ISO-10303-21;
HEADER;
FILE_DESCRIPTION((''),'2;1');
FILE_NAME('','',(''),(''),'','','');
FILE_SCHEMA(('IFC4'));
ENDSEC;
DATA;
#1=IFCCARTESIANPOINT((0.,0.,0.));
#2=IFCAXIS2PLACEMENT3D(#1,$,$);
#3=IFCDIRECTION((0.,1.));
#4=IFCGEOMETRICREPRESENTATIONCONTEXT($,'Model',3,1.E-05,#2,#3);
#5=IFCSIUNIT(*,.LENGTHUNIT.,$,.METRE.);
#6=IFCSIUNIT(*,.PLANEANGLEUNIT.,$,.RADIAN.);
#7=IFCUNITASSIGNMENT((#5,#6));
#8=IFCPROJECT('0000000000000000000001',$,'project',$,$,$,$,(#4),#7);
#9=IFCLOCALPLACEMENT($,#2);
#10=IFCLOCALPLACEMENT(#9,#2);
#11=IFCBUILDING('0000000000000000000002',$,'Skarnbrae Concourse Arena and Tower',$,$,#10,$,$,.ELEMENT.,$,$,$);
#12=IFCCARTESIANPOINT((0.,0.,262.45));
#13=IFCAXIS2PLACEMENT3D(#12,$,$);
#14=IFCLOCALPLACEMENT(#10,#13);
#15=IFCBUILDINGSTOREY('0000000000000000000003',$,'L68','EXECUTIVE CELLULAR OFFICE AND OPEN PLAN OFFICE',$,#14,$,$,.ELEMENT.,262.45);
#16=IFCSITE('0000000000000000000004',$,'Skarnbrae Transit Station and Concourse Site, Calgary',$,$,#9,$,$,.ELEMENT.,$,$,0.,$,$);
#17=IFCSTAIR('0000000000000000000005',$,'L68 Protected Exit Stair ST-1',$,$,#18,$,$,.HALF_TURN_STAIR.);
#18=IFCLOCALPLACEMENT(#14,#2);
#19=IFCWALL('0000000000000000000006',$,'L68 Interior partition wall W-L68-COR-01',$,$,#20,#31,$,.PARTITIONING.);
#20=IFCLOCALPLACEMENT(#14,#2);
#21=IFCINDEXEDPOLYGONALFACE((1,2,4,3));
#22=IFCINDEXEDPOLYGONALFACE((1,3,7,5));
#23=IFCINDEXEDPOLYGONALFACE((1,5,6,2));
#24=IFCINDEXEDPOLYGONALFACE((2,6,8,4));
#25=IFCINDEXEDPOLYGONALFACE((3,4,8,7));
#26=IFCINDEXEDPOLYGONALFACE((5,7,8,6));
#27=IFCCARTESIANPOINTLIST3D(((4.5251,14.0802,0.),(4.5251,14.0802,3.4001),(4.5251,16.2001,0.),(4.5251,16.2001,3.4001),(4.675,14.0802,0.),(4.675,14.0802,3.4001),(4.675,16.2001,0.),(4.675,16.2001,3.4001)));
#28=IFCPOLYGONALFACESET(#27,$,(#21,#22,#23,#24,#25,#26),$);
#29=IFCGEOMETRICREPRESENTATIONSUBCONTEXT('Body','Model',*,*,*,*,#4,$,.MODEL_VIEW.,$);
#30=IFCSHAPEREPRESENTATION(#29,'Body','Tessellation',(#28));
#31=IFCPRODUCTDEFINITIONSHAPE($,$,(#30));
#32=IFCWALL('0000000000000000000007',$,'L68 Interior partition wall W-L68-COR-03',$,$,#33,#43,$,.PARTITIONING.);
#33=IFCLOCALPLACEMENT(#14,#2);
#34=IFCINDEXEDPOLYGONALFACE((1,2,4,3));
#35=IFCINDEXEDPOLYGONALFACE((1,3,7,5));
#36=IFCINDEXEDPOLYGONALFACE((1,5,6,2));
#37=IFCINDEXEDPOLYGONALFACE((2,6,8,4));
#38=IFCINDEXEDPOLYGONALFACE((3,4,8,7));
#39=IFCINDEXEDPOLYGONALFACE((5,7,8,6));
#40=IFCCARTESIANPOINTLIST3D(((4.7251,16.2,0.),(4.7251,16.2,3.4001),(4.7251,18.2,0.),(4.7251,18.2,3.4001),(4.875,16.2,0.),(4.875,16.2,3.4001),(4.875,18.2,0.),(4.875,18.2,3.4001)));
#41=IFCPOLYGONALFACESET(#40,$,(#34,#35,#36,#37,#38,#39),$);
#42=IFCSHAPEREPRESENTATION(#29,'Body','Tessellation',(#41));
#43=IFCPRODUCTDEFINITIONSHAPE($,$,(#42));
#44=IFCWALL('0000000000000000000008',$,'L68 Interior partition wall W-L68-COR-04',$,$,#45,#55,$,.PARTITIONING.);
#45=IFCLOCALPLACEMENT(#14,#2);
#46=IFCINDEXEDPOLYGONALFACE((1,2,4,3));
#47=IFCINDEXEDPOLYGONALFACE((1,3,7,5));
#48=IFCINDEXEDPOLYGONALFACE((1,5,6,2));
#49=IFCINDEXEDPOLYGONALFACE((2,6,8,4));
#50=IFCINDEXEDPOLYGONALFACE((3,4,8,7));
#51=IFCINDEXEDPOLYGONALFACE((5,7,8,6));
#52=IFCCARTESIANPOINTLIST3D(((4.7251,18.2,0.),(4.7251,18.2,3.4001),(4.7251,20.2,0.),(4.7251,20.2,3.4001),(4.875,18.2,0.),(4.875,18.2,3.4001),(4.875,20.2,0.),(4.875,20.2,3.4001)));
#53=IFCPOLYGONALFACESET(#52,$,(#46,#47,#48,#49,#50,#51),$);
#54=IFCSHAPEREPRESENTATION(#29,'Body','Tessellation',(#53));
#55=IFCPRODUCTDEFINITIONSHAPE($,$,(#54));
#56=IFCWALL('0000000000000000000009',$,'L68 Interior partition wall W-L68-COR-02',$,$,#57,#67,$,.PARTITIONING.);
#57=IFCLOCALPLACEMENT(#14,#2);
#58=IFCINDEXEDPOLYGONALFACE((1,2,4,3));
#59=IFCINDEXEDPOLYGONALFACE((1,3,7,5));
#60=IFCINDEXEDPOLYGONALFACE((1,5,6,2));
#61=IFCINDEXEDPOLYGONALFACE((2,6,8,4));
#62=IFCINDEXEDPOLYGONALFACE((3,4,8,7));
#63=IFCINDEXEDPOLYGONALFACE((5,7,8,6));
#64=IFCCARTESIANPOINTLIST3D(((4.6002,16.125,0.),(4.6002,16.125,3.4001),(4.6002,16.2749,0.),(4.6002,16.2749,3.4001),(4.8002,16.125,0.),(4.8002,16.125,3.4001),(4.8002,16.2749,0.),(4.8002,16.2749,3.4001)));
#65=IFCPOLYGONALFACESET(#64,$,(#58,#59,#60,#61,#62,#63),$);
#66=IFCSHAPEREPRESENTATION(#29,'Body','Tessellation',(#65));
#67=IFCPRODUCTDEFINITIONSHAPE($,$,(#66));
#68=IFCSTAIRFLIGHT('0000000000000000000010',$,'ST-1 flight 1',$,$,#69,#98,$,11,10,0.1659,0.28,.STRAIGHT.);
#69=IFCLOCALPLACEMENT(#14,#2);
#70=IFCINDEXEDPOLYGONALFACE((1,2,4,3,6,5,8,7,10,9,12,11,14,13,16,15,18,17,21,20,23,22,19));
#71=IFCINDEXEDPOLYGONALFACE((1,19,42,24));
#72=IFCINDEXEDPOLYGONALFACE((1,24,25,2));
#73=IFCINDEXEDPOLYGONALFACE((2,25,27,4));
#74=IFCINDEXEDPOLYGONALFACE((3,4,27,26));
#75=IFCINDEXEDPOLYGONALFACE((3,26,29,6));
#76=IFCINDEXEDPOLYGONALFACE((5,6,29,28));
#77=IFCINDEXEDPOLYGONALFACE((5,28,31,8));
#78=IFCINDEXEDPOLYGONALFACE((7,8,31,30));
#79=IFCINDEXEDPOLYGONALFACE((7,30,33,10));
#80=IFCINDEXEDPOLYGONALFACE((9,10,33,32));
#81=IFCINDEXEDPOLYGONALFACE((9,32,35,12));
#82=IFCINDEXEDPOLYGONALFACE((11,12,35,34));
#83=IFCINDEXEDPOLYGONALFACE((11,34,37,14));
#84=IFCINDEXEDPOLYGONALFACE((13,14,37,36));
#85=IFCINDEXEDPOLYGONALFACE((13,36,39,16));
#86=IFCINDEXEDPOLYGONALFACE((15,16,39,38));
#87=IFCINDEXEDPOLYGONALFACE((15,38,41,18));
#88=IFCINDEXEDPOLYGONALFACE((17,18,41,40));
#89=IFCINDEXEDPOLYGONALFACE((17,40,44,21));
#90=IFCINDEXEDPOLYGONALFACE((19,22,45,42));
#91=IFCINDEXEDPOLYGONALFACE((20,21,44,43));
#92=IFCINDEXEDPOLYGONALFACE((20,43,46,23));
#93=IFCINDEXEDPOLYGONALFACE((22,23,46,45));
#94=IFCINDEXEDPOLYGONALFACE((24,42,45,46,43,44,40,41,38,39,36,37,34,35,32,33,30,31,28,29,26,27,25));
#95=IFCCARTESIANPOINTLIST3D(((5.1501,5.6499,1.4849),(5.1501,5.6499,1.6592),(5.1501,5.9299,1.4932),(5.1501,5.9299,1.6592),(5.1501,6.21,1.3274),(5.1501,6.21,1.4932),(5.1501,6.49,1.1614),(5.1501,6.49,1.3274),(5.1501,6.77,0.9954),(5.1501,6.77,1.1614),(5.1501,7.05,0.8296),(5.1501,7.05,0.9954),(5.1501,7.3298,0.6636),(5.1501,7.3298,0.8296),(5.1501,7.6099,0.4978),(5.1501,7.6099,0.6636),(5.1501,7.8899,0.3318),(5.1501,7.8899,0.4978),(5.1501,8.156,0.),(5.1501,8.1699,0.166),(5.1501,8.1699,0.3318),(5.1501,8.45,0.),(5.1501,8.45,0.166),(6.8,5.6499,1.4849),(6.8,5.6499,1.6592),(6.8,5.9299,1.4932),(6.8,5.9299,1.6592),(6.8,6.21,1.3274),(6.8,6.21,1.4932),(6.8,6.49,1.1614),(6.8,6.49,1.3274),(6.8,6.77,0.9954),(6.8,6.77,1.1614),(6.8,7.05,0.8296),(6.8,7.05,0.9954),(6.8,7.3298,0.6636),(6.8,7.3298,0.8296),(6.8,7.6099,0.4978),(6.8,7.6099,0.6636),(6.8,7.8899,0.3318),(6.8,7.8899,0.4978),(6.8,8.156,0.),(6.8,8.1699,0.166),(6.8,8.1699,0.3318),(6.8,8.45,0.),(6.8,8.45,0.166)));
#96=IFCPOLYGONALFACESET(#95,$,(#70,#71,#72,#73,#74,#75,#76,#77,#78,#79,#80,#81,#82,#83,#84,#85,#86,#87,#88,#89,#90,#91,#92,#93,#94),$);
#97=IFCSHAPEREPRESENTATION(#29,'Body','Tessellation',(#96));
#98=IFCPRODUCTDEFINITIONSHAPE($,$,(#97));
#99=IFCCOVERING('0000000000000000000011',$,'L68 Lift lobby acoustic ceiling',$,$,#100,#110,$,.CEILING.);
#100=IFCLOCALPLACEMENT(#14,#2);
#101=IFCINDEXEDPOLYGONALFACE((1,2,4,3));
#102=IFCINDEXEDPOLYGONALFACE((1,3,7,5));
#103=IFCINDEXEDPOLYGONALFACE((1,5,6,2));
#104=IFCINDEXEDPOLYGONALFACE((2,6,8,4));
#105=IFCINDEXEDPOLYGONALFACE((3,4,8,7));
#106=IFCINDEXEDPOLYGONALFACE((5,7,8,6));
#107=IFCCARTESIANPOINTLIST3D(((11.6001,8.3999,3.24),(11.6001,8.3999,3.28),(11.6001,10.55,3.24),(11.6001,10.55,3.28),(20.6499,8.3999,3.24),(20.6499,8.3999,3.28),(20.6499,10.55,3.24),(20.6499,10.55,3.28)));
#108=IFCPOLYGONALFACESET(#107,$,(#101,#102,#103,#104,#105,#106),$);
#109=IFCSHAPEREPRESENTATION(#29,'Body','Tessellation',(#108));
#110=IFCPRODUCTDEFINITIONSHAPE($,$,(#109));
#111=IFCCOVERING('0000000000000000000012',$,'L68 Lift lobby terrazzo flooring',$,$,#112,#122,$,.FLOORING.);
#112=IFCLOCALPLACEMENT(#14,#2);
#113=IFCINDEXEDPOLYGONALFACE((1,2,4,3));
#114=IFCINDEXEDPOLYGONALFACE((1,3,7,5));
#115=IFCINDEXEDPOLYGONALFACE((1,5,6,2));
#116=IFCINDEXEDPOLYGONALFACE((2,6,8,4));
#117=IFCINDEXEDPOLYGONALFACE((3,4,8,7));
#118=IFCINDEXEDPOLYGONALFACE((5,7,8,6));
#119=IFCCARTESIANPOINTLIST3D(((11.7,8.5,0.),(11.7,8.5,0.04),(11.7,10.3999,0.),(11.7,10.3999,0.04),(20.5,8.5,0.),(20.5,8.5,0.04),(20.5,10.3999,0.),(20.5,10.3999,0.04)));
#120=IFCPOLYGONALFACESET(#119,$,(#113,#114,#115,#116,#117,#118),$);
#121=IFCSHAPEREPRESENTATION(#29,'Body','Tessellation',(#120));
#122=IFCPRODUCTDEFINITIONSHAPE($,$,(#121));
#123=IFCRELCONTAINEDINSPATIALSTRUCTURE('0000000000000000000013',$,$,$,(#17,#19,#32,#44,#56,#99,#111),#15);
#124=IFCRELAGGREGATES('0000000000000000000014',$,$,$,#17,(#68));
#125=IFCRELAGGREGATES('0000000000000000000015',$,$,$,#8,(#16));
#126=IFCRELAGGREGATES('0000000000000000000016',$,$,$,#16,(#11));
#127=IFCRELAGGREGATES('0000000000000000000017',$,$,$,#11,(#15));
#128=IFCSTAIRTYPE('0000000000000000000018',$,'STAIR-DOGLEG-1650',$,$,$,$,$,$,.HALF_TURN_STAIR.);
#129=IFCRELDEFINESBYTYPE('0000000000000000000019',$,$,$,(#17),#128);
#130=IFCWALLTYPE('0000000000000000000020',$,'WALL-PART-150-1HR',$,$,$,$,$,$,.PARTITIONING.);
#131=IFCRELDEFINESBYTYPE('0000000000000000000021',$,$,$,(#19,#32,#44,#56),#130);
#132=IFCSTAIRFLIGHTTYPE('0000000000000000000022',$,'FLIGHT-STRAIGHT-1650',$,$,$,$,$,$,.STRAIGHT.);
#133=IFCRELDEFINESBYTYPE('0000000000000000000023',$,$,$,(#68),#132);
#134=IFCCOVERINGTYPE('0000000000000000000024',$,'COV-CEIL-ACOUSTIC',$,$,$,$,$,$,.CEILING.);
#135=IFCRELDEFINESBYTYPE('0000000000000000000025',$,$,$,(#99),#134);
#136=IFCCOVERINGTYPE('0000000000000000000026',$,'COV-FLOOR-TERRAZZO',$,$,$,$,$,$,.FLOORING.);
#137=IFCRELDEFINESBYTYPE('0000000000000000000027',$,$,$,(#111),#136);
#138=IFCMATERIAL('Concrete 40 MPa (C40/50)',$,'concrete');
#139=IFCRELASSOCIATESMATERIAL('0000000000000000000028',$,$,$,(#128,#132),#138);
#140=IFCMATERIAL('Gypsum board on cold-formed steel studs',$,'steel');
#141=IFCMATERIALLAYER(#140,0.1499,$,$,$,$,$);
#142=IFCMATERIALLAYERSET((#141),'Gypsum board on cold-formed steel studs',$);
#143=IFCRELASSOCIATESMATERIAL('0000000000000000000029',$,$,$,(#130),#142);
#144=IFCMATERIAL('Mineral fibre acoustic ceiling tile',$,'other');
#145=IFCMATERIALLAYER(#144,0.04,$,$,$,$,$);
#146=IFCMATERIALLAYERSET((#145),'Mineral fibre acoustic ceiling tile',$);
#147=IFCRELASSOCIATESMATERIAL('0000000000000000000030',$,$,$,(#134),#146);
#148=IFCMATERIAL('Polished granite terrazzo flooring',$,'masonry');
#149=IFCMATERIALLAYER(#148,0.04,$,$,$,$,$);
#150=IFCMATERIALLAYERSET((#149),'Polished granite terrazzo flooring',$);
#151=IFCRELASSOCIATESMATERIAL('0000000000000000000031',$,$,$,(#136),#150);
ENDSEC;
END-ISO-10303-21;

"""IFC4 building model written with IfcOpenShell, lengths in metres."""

from ifc_helpers import new_model, si_unit, direction, frame, frame_2d, origin, place, context, subcontext, project, spatial, polyline, rectangle, outline, extrude, source, transform, mapped, material, layer, layer_set, type_object, element, aggregate, save


model = new_model("IFC4")

# Units and contexts
model_context = context("Model", 3, precision=1e-05, world=origin(), true_north=direction((0.0, 1.0)))
body_context = subcontext(model_context, "Body", "Model", "MODEL_VIEW")
ifc_project = project(units=[si_unit("LENGTHUNIT", "METRE"), si_unit("PLANEANGLEUNIT", "RADIAN")], contexts=[model_context])

# Site, building, storey
site_placement = place(None, origin())
site = spatial("IfcSite", under=ifc_project, at=site_placement, Name="Skarnbrae Transit Station and Concourse Site, Calgary", CompositionType="ELEMENT", RefElevation=0.0)
building_placement = place(site_placement, origin())
building = spatial("IfcBuilding", under=site, at=building_placement, Name="Skarnbrae Concourse Arena and Tower", CompositionType="ELEMENT")
storey_placement = place(building_placement, frame((0.0, 0.0, 262.45)))
storey = spatial("IfcBuildingStorey", under=building, at=storey_placement, Name="L68", Description="EXECUTIVE CELLULAR OFFICE AND OPEN PLAN OFFICE", CompositionType="ELEMENT", Elevation=262.45)

# Stair
ifc_material_1 = material(Name="Concrete 40 MPa (C40/50)", Category="concrete")
stair_type = type_object("IfcStairType", Name="STAIR-DOGLEG-1650", PredefinedType="HALF_TURN_STAIR", material=ifc_material_1)
stair_1_placement = place(storey_placement, origin())
stair_1 = element("IfcStair", 1, at=stair_1_placement, inside=storey, type_object=stair_type, Name="L68 Protected Exit Stair ST-1", PredefinedType="HALF_TURN_STAIR")

# Walls
ifc_material_2 = material(Name="Gypsum board on cold-formed steel studs", Category="steel")
ifc_layer_1 = layer(ifc_material_2, 0.1499)
ifc_layer_set_1 = layer_set([ifc_layer_1], Name="Gypsum board on cold-formed steel studs")
wall_type_1 = type_object("IfcWallType", Name="WALL-PART-150-1HR", PredefinedType="PARTITIONING", material=ifc_layer_set_1)
shared_shape_1 = source(origin(), body_context, "Body", "SweptSolid", [
    extrude(rectangle(XDim=2.1199, YDim=0.1499, at=frame_2d((1.0601, 0.0))), origin(), (0.0, 0.0, 1.0), 3.4001),
])
wall_1_placement = place(storey_placement, frame((4.6001, 14.0801, 0.0), z_axis=(0.0, 0.0, 1.0), x_axis=(0.0, 1.0, 0.0)))
element("IfcWall", 2, at=wall_1_placement, inside=storey, type_object=wall_type_1, Name="L68 Interior partition wall W-L68-COR-01", PredefinedType="PARTITIONING", context=body_context, shape_type="MappedRepresentation", body=[
    mapped(shared_shape_1, transform((0.0, 0.0, 0.0))),
])
shared_shape_2 = source(origin(), body_context, "Body", "SweptSolid", [
    extrude(rectangle(XDim=2.0, YDim=0.1499, at=frame_2d((1.0, 0.0))), origin(), (0.0, 0.0, 1.0), 3.4001),
])
for number, where, z_axis, x_axis, name in (
    (3, (4.8, 16.2, 0.0), (0.0, 0.0, 1.0), (0.0, 1.0, 0.0), "L68 Interior partition wall W-L68-COR-03"),
    (4, (4.8, 18.2, 0.0), (0.0, 0.0, 1.0), (0.0, 1.0, 0.0), "L68 Interior partition wall W-L68-COR-04"),
):
    element("IfcWall", number, at=place(storey_placement, frame(where, z_axis=z_axis, x_axis=x_axis)), inside=storey, type_object=wall_type_1, Name=name, PredefinedType="PARTITIONING", context=body_context, shape_type="MappedRepresentation", body=[
        mapped(shared_shape_2, transform((0.0, 0.0, 0.0))),
    ])
shared_shape_3 = source(origin(), body_context, "Body", "SweptSolid", [
    extrude(rectangle(XDim=0.2, YDim=0.1499, at=frame_2d((0.1001, 0.0))), origin(), (0.0, 0.0, 1.0), 3.4001),
])
wall_2_placement = place(storey_placement, frame((4.6001, 16.2, 0.0), z_axis=(0.0, 0.0, 1.0), x_axis=(1.0, 0.0, 0.0)))
element("IfcWall", 5, at=wall_2_placement, inside=storey, type_object=wall_type_1, Name="L68 Interior partition wall W-L68-COR-02", PredefinedType="PARTITIONING", context=body_context, shape_type="MappedRepresentation", body=[
    mapped(shared_shape_3, transform((0.0, 0.0, 0.0))),
])

# Stair flight
stair_flight_type = type_object("IfcStairFlightType", Name="FLIGHT-STRAIGHT-1650", PredefinedType="STRAIGHT", material=ifc_material_1)
shared_shape_4 = source(origin(), body_context, "Body", "SweptSolid", [
    extrude(outline(polyline([(0.0, 0.0), (0.0, 0.166), (0.28, 0.166), (0.28, 0.3318), (0.5601, 0.3318), (0.5601, 0.4978), (0.8401, 0.4978), (0.8401, 0.6636), (1.1201, 0.6636), (1.1201, 0.8296), (1.3999, 0.8296), (1.3999, 0.9954), (1.6799, 0.9954), (1.6799, 1.1614), (1.96, 1.1614), (1.96, 1.3274), (2.24, 1.3274), (2.24, 1.4932), (2.52, 1.4932), (2.52, 1.6592), (2.8, 1.6592), (2.8, 1.825), (2.8, 1.4849), (0.2939, 0.0), (0.0, 0.0)])), frame((0.0, 0.825, 0.0), z_axis=(0.0, -1.0, 0.0), x_axis=(1.0, 0.0, 0.0)), (0.0, 0.0, 1.0), 1.6499),
])
stair_flight_placement = place(storey_placement, frame((5.9751, 8.45, 0.0), z_axis=(0.0, 0.0, 1.0), x_axis=(0.0, -1.0, 0.0)))
stair_flight = element("IfcStairFlight", 6, at=stair_flight_placement, type_object=stair_flight_type, Name="ST-1 flight 1", NumberOfRisers=11, NumberOfTreads=10, PredefinedType="STRAIGHT", RiserHeight=0.1659, TreadLength=0.28, context=body_context, shape_type="MappedRepresentation", body=[
    mapped(shared_shape_4, transform((0.0, 0.0, 0.0))),
])
aggregate(stair_1, [stair_flight])

# Coverings
ifc_material_3 = material(Name="Mineral fibre acoustic ceiling tile", Category="other")
ifc_layer_2 = layer(ifc_material_3, 0.04)
ifc_layer_set_2 = layer_set([ifc_layer_2], Name="Mineral fibre acoustic ceiling tile")
covering_type_1 = type_object("IfcCoveringType", Name="COV-CEIL-ACOUSTIC", PredefinedType="CEILING", material=ifc_layer_set_2)
covering_1_placement = place(storey_placement, frame((0.0, 0.0, 3.24)))
element("IfcCovering", 7, at=covering_1_placement, inside=storey, type_object=covering_type_1, Name="L68 Lift lobby acoustic ceiling", PredefinedType="CEILING", context=body_context, shape_type="SweptSolid", body=[
    extrude(outline(polyline([(11.6001, 8.3999), (20.6499, 8.3999), (20.6499, 10.55), (11.6001, 10.55), (11.6001, 8.3999)])), origin(), (0.0, 0.0, 1.0), 0.04),
])
ifc_material_4 = material(Name="Polished granite terrazzo flooring", Category="masonry")
ifc_layer_3 = layer(ifc_material_4, 0.04)
ifc_layer_set_3 = layer_set([ifc_layer_3], Name="Polished granite terrazzo flooring")
covering_type_2 = type_object("IfcCoveringType", Name="COV-FLOOR-TERRAZZO", PredefinedType="FLOORING", material=ifc_layer_set_3)
covering_2_placement = place(storey_placement, origin())
element("IfcCovering", 8, at=covering_2_placement, inside=storey, type_object=covering_type_2, Name="L68 Lift lobby terrazzo flooring", PredefinedType="FLOORING", context=body_context, shape_type="SweptSolid", body=[
    extrude(outline(polyline([(11.7, 8.5), (20.5, 8.5), (20.5, 10.3999), (11.7, 10.3999), (11.7, 8.5)])), origin(), (0.0, 0.0, 1.0), 0.04),
])

save(model, "model.ifc")
